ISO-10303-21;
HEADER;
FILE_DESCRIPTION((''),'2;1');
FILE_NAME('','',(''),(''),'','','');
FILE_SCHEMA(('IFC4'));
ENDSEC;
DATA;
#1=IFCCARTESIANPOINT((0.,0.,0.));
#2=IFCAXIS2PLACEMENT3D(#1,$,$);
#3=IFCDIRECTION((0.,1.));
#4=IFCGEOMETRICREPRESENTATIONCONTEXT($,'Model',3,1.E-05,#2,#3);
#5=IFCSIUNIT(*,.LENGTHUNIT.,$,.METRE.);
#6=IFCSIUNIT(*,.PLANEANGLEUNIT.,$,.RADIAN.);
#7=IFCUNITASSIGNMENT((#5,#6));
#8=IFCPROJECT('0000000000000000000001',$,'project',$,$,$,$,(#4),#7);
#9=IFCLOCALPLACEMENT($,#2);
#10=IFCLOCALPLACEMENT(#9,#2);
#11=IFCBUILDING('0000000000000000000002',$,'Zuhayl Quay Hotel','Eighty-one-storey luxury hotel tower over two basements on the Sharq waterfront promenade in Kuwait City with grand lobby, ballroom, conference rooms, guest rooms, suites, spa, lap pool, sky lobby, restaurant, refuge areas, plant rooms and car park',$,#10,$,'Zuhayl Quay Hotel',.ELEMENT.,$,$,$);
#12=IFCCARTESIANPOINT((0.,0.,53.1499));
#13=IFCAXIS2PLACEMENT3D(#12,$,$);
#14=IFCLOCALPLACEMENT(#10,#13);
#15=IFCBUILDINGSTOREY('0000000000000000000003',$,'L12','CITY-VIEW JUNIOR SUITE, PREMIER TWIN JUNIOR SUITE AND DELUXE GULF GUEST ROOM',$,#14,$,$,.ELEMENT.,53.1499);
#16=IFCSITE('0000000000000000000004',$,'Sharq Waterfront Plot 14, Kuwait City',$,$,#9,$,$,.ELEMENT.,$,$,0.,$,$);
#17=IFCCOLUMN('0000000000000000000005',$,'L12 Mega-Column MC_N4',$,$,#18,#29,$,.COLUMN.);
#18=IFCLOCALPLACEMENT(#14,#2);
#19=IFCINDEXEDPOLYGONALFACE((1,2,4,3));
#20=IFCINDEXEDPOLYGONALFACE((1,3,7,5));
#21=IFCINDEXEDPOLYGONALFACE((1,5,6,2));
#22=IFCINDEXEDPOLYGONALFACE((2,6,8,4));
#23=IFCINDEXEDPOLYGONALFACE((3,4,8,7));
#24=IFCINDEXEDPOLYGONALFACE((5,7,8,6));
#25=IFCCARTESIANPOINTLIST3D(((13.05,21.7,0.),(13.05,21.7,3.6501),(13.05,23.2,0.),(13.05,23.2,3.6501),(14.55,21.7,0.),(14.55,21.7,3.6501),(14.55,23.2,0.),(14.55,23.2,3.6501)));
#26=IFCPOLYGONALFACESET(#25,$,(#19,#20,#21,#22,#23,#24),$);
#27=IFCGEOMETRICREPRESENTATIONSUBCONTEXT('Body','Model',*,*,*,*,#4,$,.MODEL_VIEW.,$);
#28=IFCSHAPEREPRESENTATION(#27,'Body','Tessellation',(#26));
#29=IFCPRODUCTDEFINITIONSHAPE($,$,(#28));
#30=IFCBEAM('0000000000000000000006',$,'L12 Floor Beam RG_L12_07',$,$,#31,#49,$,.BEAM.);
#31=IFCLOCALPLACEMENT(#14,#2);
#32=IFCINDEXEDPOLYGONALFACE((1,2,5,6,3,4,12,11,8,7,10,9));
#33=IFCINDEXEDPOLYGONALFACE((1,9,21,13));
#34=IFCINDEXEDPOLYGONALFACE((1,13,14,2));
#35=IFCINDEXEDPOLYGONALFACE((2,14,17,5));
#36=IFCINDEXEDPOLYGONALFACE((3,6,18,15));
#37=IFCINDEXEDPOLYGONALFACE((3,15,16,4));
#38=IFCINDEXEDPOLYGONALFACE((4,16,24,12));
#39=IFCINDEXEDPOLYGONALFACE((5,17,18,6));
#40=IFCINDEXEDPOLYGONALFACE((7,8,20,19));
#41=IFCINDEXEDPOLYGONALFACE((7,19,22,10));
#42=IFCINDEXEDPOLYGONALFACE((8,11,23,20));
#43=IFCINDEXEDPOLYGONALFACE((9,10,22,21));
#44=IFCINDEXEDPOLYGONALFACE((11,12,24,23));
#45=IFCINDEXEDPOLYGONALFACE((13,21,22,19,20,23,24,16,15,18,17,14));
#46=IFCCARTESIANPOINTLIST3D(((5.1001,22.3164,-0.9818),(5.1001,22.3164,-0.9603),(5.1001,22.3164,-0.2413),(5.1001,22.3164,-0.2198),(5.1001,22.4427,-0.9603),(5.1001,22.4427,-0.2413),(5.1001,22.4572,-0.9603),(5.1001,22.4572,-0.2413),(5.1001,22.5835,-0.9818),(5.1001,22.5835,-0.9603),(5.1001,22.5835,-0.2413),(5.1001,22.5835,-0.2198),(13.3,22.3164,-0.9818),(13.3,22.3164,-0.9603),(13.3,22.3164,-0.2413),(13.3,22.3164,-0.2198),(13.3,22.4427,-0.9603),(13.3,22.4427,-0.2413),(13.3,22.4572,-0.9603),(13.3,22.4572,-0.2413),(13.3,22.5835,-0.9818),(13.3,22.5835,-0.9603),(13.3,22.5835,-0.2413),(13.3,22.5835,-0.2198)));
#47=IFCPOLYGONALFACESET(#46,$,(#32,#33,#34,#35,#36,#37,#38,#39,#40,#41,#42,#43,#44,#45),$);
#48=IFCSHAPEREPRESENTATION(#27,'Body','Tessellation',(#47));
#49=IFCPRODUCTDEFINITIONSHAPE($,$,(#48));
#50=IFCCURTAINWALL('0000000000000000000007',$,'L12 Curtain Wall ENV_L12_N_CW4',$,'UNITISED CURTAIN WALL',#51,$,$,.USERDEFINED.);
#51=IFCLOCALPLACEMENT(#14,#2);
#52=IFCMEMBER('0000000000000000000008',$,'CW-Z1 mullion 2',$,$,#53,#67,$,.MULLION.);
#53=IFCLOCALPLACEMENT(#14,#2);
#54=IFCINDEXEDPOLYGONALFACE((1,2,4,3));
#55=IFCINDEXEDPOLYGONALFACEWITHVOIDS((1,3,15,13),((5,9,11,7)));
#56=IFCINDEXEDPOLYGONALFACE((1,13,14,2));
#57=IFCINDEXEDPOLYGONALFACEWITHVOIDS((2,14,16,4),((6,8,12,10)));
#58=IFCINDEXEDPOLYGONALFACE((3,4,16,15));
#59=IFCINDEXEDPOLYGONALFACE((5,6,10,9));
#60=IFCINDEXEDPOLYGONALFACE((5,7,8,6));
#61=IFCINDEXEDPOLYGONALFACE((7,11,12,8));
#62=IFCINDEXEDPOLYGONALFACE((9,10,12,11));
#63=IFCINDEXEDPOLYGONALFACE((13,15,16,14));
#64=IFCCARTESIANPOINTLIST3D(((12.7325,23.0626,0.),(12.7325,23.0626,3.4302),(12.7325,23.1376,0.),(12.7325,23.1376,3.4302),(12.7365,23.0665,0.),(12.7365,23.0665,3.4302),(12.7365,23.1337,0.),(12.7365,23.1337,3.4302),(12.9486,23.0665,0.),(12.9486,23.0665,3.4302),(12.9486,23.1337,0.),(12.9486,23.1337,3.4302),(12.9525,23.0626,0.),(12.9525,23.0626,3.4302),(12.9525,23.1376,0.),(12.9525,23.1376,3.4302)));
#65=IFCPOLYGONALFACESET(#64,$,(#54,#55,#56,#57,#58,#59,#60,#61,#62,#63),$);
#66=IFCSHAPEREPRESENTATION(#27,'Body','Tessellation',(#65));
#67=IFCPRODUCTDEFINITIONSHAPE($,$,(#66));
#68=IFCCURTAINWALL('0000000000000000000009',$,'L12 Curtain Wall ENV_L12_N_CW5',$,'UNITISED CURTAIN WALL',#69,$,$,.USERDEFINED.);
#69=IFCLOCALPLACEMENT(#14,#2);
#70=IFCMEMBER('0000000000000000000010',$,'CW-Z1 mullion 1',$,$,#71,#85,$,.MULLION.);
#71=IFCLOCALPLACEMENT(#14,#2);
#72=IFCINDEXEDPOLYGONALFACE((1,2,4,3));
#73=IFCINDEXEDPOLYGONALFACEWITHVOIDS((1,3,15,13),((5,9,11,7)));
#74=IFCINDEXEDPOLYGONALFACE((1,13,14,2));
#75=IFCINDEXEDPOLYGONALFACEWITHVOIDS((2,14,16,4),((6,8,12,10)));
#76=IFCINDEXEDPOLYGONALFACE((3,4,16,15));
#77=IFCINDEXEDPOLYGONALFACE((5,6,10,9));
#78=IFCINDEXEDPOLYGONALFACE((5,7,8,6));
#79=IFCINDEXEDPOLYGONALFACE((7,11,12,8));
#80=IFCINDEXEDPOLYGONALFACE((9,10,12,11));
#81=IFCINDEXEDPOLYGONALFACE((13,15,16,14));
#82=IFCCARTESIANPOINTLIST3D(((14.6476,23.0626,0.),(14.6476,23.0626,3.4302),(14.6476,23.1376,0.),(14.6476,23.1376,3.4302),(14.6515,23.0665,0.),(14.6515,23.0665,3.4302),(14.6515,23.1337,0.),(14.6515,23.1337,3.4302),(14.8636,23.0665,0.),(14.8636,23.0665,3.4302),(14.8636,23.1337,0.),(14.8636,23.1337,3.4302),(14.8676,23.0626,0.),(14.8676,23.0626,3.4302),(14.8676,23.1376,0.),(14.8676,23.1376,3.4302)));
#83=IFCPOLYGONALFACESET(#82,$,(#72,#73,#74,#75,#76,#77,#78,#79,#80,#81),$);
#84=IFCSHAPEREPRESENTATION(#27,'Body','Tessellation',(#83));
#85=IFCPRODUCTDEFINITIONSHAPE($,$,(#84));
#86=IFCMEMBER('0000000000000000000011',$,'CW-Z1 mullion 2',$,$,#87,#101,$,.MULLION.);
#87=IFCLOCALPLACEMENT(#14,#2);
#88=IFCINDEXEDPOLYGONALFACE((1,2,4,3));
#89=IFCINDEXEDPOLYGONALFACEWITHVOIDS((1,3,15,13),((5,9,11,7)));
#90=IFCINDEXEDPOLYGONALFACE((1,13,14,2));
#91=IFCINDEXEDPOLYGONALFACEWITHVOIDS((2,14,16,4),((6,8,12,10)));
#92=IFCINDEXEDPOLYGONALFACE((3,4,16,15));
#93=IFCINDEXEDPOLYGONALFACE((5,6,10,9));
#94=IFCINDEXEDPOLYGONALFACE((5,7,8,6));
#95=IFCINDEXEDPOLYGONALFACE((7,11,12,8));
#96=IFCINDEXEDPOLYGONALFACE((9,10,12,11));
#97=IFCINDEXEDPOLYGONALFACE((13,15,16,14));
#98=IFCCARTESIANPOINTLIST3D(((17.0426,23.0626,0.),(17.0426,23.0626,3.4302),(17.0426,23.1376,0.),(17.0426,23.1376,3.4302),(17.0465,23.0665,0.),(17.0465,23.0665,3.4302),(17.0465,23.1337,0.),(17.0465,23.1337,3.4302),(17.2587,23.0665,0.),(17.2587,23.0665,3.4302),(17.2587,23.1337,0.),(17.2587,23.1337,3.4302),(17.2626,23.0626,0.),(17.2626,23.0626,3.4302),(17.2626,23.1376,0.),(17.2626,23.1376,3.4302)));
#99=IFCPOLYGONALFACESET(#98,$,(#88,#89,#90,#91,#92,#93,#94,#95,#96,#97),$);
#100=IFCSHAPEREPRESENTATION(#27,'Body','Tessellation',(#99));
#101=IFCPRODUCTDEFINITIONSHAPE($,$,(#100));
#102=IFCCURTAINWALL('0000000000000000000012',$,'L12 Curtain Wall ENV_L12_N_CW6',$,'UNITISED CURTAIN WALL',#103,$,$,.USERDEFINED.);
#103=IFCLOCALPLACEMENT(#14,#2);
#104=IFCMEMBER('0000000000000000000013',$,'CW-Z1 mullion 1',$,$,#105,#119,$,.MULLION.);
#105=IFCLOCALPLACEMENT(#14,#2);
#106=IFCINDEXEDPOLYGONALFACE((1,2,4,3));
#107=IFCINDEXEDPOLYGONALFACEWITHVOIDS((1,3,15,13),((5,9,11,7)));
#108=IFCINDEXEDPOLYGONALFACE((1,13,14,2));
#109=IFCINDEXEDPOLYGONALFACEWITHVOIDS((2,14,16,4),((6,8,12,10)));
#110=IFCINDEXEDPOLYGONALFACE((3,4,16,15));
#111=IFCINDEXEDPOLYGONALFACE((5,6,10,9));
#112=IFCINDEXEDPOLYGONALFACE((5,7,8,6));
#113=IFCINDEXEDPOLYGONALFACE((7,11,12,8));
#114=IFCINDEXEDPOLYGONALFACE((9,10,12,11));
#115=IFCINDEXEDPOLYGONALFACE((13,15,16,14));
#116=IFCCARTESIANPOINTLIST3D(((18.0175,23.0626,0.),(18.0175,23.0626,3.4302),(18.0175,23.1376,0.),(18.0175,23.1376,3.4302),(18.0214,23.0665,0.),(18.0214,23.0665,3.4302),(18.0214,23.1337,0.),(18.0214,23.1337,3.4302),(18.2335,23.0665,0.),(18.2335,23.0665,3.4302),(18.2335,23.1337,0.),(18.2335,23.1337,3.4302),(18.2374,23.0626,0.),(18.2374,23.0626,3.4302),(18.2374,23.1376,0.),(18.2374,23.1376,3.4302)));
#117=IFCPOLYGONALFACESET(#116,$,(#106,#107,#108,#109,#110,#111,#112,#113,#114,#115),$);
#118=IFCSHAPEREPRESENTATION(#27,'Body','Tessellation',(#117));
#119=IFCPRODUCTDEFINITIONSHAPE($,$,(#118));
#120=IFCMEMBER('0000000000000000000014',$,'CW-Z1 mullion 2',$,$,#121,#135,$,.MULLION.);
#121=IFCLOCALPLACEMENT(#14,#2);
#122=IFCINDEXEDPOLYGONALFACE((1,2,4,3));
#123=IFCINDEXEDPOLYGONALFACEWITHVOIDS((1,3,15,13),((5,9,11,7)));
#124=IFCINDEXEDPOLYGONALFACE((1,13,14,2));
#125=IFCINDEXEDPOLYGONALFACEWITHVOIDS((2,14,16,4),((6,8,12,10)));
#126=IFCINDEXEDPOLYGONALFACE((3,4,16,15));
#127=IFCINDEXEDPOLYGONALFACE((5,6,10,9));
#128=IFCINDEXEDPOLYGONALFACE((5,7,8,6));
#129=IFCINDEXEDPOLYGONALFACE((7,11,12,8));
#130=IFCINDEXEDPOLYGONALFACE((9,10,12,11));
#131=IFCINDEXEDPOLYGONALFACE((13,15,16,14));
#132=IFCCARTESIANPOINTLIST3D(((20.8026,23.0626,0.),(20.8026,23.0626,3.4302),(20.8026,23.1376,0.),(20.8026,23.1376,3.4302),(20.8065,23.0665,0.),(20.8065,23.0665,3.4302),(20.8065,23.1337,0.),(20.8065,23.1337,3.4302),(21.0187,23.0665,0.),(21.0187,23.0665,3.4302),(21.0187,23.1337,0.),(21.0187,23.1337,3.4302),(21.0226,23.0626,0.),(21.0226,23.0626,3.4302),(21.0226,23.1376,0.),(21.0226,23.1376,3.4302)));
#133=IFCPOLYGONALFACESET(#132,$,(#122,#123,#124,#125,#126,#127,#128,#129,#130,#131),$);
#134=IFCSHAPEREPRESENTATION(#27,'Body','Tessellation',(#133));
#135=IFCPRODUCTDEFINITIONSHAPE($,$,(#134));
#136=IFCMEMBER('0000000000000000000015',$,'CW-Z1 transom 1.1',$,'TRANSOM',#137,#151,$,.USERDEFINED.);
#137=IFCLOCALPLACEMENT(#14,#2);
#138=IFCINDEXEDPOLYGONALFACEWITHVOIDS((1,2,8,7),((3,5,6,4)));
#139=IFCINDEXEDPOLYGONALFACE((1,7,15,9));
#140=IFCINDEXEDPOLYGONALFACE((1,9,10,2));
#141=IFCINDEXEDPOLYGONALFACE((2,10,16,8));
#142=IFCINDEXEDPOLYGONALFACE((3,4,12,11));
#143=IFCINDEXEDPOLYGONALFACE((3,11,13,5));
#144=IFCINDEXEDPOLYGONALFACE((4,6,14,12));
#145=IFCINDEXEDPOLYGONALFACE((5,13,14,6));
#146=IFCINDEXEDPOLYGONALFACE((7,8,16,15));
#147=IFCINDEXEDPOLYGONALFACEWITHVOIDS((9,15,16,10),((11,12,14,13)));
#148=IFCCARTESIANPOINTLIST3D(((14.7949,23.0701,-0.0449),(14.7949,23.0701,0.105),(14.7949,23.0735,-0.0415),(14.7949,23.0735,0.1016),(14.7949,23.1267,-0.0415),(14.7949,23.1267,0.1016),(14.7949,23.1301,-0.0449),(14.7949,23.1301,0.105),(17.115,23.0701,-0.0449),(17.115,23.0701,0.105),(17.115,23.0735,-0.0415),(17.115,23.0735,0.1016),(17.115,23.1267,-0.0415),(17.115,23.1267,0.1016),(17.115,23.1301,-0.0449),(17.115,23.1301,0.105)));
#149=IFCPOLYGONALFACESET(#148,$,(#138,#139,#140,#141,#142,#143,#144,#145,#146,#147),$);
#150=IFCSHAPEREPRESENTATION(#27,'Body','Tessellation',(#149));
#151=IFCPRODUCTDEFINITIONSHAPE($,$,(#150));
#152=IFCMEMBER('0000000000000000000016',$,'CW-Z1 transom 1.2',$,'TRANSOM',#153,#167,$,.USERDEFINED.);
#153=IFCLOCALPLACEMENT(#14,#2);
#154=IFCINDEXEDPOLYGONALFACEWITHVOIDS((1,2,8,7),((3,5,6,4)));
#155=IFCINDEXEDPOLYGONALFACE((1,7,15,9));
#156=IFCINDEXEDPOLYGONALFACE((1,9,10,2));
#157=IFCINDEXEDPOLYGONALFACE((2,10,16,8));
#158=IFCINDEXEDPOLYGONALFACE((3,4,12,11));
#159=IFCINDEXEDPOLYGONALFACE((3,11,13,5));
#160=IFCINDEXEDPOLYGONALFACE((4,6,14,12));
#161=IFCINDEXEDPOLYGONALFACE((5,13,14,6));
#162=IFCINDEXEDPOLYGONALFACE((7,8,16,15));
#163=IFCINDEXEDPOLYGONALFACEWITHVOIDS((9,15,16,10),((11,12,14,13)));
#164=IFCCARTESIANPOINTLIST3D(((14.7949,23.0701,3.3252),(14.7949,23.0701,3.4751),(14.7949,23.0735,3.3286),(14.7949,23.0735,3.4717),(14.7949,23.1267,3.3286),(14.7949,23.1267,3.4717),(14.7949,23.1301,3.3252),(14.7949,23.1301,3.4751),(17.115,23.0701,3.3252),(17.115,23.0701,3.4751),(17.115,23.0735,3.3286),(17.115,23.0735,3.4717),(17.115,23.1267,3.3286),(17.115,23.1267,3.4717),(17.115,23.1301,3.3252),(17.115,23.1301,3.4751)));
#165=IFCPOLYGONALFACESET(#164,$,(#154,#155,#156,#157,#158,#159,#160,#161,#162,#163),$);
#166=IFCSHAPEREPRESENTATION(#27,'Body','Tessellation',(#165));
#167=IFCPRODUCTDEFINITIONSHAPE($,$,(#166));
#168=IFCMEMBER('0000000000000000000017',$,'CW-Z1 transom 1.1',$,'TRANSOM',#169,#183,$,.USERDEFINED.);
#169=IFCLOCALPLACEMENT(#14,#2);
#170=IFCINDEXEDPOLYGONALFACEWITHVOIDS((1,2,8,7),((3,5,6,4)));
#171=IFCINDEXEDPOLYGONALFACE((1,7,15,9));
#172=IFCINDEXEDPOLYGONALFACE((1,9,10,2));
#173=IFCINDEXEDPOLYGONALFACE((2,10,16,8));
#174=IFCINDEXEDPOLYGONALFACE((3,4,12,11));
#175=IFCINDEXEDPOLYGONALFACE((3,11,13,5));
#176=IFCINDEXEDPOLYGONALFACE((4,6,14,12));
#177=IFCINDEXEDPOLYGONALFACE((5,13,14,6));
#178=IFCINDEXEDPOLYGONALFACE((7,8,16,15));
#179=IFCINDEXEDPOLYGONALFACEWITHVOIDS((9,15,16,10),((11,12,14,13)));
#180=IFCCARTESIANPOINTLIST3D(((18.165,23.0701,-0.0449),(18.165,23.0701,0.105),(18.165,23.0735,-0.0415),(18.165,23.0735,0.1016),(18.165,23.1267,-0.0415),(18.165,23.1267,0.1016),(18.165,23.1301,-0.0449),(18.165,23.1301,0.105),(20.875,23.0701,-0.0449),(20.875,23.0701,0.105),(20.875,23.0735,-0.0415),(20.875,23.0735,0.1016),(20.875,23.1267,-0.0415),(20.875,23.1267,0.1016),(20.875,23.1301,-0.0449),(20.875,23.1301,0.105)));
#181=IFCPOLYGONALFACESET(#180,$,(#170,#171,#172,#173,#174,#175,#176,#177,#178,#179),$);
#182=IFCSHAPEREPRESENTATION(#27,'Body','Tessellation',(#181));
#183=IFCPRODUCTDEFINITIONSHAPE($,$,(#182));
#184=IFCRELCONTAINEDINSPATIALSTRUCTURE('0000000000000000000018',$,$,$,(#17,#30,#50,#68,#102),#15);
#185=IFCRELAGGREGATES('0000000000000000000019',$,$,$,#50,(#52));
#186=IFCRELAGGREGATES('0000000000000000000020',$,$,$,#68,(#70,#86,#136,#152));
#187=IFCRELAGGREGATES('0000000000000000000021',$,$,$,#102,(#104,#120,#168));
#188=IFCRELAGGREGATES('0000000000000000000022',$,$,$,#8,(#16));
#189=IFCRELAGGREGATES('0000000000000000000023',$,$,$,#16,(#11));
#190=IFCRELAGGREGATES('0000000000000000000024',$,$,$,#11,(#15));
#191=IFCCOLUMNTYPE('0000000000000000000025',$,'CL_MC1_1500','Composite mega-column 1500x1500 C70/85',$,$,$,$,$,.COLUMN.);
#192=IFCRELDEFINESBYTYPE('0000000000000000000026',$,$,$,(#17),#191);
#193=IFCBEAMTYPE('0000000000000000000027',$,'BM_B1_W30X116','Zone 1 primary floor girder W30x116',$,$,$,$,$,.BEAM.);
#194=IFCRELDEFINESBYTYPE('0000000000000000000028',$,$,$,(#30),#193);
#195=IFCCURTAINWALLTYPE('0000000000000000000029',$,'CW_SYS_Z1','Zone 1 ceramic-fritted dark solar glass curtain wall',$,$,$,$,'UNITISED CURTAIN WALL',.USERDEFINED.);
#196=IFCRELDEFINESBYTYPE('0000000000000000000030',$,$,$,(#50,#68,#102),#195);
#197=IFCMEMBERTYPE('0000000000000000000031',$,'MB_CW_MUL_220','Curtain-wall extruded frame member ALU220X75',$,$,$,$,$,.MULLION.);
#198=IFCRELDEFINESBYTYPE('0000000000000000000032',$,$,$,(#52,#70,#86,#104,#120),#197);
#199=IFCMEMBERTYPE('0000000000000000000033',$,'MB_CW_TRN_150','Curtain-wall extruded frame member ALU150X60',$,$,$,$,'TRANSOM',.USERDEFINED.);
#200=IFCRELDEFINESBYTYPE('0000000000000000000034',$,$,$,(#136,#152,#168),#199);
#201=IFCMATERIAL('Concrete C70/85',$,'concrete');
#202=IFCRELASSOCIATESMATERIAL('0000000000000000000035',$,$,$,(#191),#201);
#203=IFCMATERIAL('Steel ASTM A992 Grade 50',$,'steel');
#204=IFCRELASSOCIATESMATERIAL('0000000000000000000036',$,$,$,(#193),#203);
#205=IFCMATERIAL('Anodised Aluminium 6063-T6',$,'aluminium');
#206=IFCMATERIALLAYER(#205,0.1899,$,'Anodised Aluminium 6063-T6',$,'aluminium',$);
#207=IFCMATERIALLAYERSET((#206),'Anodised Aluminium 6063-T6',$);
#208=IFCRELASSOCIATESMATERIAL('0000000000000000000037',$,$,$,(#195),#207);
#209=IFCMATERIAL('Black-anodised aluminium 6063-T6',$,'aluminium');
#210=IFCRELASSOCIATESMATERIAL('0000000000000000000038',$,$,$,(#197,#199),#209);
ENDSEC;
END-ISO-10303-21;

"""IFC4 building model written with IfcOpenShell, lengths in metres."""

from ifc_helpers import new_model, si_unit, direction, frame, origin, origin_2d, place, context, subcontext, project, spatial, rectangle, hollow_rectangle, i_section, extrude, material, layer, layer_set, material_profile, profile_set, type_object, element, aggregate, save


model = new_model("IFC4")

# Units and contexts
model_context = context("Model", 3, precision=1e-05, world=origin(), true_north=direction((0.0, 1.0)))
body_context = subcontext(model_context, "Body", "Model", "MODEL_VIEW")
ifc_project = project(units=[si_unit("LENGTHUNIT", "METRE"), si_unit("PLANEANGLEUNIT", "RADIAN")], contexts=[model_context])

# Site, building, storey
site_placement = place(None, origin())
site = spatial("IfcSite", under=ifc_project, at=site_placement, Name="Sharq Waterfront Plot 14, Kuwait City", CompositionType="ELEMENT", RefElevation=0.0)
building_placement = place(site_placement, origin())
building = spatial("IfcBuilding", under=site, at=building_placement, Name="Zuhayl Quay Hotel", Description="Eighty-one-storey luxury hotel tower over two basements on the Sharq waterfront promenade in Kuwait City with grand lobby, ballroom, conference rooms, guest rooms, suites, spa, lap pool, sky lobby, restaurant, refuge areas, plant rooms and car park", LongName="Zuhayl Quay Hotel", CompositionType="ELEMENT")
storey_placement = place(building_placement, frame((0.0, 0.0, 53.1499)))
storey = spatial("IfcBuildingStorey", under=building, at=storey_placement, Name="L12", Description="CITY-VIEW JUNIOR SUITE, PREMIER TWIN JUNIOR SUITE AND DELUXE GULF GUEST ROOM", CompositionType="ELEMENT", Elevation=53.1499)

# Column
ifc_material_1 = material(Name="Concrete C70/85", Category="concrete")
ifc_material_profile_1 = material_profile(ifc_material_1, rectangle(XDim=1.5, YDim=1.5, at=origin_2d()), Name="RC1500X1500")
ifc_profile_set_1 = profile_set([ifc_material_profile_1], Name="Concrete C70/85")
column_type = type_object("IfcColumnType", Name="CL_MC1_1500", Description="Composite mega-column 1500x1500 C70/85", PredefinedType="COLUMN", material=ifc_profile_set_1)
column_placement = place(storey_placement, frame((13.8, 22.45, 0.0), z_axis=(0.0, 0.0, 1.0), x_axis=(1.0, 0.0, 0.0)))
element("IfcColumn", 1, at=column_placement, inside=storey, type_object=column_type, Name="L12 Mega-Column MC_N4", PredefinedType="COLUMN", context=body_context, shape_type="SweptSolid", body=[
    extrude(rectangle(XDim=1.5, YDim=1.5, at=origin_2d()), origin(), (0.0, 0.0, 1.0), 3.6501),
])

# Beam
ifc_material_2 = material(Name="Steel ASTM A992 Grade 50", Category="steel")
ifc_material_profile_2 = material_profile(ifc_material_2, i_section(OverallWidth=0.2671, OverallDepth=0.762, WebThickness=0.0144, FlangeThickness=0.0215, at=origin_2d()), Name="W30X116")
ifc_profile_set_2 = profile_set([ifc_material_profile_2], Name="Steel ASTM A992 Grade 50")
beam_type = type_object("IfcBeamType", Name="BM_B1_W30X116", Description="Zone 1 primary floor girder W30x116", PredefinedType="BEAM", material=ifc_profile_set_2)
beam_placement = place(storey_placement, frame((13.3, 22.45, -0.6008), z_axis=(-1.0, 0.0, 0.0), x_axis=(0.0, -1.0, 0.0)))
element("IfcBeam", 2, at=beam_placement, inside=storey, type_object=beam_type, Name="L12 Floor Beam RG_L12_07", PredefinedType="BEAM", context=body_context, shape_type="SweptSolid", body=[
    extrude(i_section(OverallWidth=0.2671, OverallDepth=0.762, WebThickness=0.0144, FlangeThickness=0.0215, at=origin_2d()), origin(), (0.0, 0.0, 1.0), 8.2),
])

# Curtain wall, member
ifc_material_3 = material(Name="Anodised Aluminium 6063-T6", Category="aluminium")
ifc_layer_1 = layer(ifc_material_3, 0.1899, Name="Anodised Aluminium 6063-T6", Category="aluminium")
ifc_layer_set_1 = layer_set([ifc_layer_1], Name="Anodised Aluminium 6063-T6")
curtain_wall_type = type_object("IfcCurtainWallType", Name="CW_SYS_Z1", Description="Zone 1 ceramic-fritted dark solar glass curtain wall", ElementType="UNITISED CURTAIN WALL", PredefinedType="USERDEFINED", material=ifc_layer_set_1)
curtain_wall_1_placement = place(storey_placement, origin())
curtain_wall_1 = element("IfcCurtainWall", 3, at=curtain_wall_1_placement, inside=storey, type_object=curtain_wall_type, Name="L12 Curtain Wall ENV_L12_N_CW4", ObjectType="UNITISED CURTAIN WALL", PredefinedType="USERDEFINED")
ifc_material_4 = material(Name="Black-anodised aluminium 6063-T6", Category="aluminium")
ifc_material_profile_3 = material_profile(ifc_material_4, hollow_rectangle(XDim=0.075, YDim=0.22, WallThickness=0.0039, at=origin_2d()), Name="ALU220X75")
ifc_profile_set_3 = profile_set([ifc_material_profile_3], Name="Black-anodised aluminium 6063-T6")
member_type_1 = type_object("IfcMemberType", Name="MB_CW_MUL_220", Description="Curtain-wall extruded frame member ALU220X75", PredefinedType="MULLION", material=ifc_profile_set_3)
member_1_placement = place(storey_placement, frame((12.8425, 23.1001, 0.0), z_axis=(0.0, 0.0, 1.0), x_axis=(0.0, 1.0, 0.0)))
member_1 = element("IfcMember", 4, at=member_1_placement, type_object=member_type_1, Name="CW-Z1 mullion 2", PredefinedType="MULLION", context=body_context, shape_type="SweptSolid", body=[
    extrude(hollow_rectangle(XDim=0.075, YDim=0.22, WallThickness=0.0039, at=origin_2d()), origin(), (0.0, 0.0, 1.0), 3.4302),
])
aggregate(curtain_wall_1, [member_1])

# Curtain walls, members
curtain_wall_2_placement = place(storey_placement, origin())
curtain_wall_2 = element("IfcCurtainWall", 5, at=curtain_wall_2_placement, inside=storey, type_object=curtain_wall_type, Name="L12 Curtain Wall ENV_L12_N_CW5", ObjectType="UNITISED CURTAIN WALL", PredefinedType="USERDEFINED")
member_2_placement = place(storey_placement, frame((14.7576, 23.1001, 0.0), z_axis=(0.0, 0.0, 1.0), x_axis=(0.0, 1.0, 0.0)))
member_2 = element("IfcMember", 6, at=member_2_placement, type_object=member_type_1, Name="CW-Z1 mullion 1", PredefinedType="MULLION", context=body_context, shape_type="SweptSolid", body=[
    extrude(hollow_rectangle(XDim=0.075, YDim=0.22, WallThickness=0.0039, at=origin_2d()), origin(), (0.0, 0.0, 1.0), 3.4302),
])
member_3_placement = place(storey_placement, frame((17.1526, 23.1001, 0.0), z_axis=(0.0, 0.0, 1.0), x_axis=(0.0, 1.0, 0.0)))
member_3 = element("IfcMember", 7, at=member_3_placement, type_object=member_type_1, Name="CW-Z1 mullion 2", PredefinedType="MULLION", context=body_context, shape_type="SweptSolid", body=[
    extrude(hollow_rectangle(XDim=0.075, YDim=0.22, WallThickness=0.0039, at=origin_2d()), origin(), (0.0, 0.0, 1.0), 3.4302),
])
curtain_wall_3_placement = place(storey_placement, origin())
curtain_wall_3 = element("IfcCurtainWall", 8, at=curtain_wall_3_placement, inside=storey, type_object=curtain_wall_type, Name="L12 Curtain Wall ENV_L12_N_CW6", ObjectType="UNITISED CURTAIN WALL", PredefinedType="USERDEFINED")
member_4_placement = place(storey_placement, frame((18.1274, 23.1001, 0.0), z_axis=(0.0, 0.0, 1.0), x_axis=(0.0, 1.0, 0.0)))
member_4 = element("IfcMember", 9, at=member_4_placement, type_object=member_type_1, Name="CW-Z1 mullion 1", PredefinedType="MULLION", context=body_context, shape_type="SweptSolid", body=[
    extrude(hollow_rectangle(XDim=0.075, YDim=0.22, WallThickness=0.0039, at=origin_2d()), origin(), (0.0, 0.0, 1.0), 3.4302),
])
member_5_placement = place(storey_placement, frame((20.9126, 23.1001, 0.0), z_axis=(0.0, 0.0, 1.0), x_axis=(0.0, 1.0, 0.0)))
member_5 = element("IfcMember", 10, at=member_5_placement, type_object=member_type_1, Name="CW-Z1 mullion 2", PredefinedType="MULLION", context=body_context, shape_type="SweptSolid", body=[
    extrude(hollow_rectangle(XDim=0.075, YDim=0.22, WallThickness=0.0039, at=origin_2d()), origin(), (0.0, 0.0, 1.0), 3.4302),
])

# Members
ifc_material_profile_4 = material_profile(ifc_material_4, hollow_rectangle(XDim=0.0601, YDim=0.1499, WallThickness=0.0034, at=origin_2d()), Name="ALU150X60")
ifc_profile_set_4 = profile_set([ifc_material_profile_4], Name="Black-anodised aluminium 6063-T6")
member_type_2 = type_object("IfcMemberType", Name="MB_CW_TRN_150", Description="Curtain-wall extruded frame member ALU150X60", ElementType="TRANSOM", PredefinedType="USERDEFINED", material=ifc_profile_set_4)
member_6_placement = place(storey_placement, frame((14.7949, 23.1001, 0.03), z_axis=(1.0, 0.0, 0.0), x_axis=(0.0, 1.0, 0.0)))
member_6 = element("IfcMember", 11, at=member_6_placement, type_object=member_type_2, Name="CW-Z1 transom 1.1", ObjectType="TRANSOM", PredefinedType="USERDEFINED", context=body_context, shape_type="SweptSolid", body=[
    extrude(hollow_rectangle(XDim=0.0601, YDim=0.1499, WallThickness=0.0034, at=origin_2d()), origin(), (0.0, 0.0, 1.0), 2.3201),
])
member_7_placement = place(storey_placement, frame((14.7949, 23.1001, 3.4001), z_axis=(1.0, 0.0, 0.0), x_axis=(0.0, 1.0, 0.0)))
member_7 = element("IfcMember", 12, at=member_7_placement, type_object=member_type_2, Name="CW-Z1 transom 1.2", ObjectType="TRANSOM", PredefinedType="USERDEFINED", context=body_context, shape_type="SweptSolid", body=[
    extrude(hollow_rectangle(XDim=0.0601, YDim=0.1499, WallThickness=0.0034, at=origin_2d()), origin(), (0.0, 0.0, 1.0), 2.3201),
])
member_8_placement = place(storey_placement, frame((18.165, 23.1001, 0.03), z_axis=(1.0, 0.0, 0.0), x_axis=(0.0, 1.0, 0.0)))
member_8 = element("IfcMember", 13, at=member_8_placement, type_object=member_type_2, Name="CW-Z1 transom 1.1", ObjectType="TRANSOM", PredefinedType="USERDEFINED", context=body_context, shape_type="SweptSolid", body=[
    extrude(hollow_rectangle(XDim=0.0601, YDim=0.1499, WallThickness=0.0034, at=origin_2d()), origin(), (0.0, 0.0, 1.0), 2.71),
])

aggregate(curtain_wall_2, [member_2, member_3, member_6, member_7])
aggregate(curtain_wall_3, [member_4, member_5, member_8])

save(model, "model.ifc")
